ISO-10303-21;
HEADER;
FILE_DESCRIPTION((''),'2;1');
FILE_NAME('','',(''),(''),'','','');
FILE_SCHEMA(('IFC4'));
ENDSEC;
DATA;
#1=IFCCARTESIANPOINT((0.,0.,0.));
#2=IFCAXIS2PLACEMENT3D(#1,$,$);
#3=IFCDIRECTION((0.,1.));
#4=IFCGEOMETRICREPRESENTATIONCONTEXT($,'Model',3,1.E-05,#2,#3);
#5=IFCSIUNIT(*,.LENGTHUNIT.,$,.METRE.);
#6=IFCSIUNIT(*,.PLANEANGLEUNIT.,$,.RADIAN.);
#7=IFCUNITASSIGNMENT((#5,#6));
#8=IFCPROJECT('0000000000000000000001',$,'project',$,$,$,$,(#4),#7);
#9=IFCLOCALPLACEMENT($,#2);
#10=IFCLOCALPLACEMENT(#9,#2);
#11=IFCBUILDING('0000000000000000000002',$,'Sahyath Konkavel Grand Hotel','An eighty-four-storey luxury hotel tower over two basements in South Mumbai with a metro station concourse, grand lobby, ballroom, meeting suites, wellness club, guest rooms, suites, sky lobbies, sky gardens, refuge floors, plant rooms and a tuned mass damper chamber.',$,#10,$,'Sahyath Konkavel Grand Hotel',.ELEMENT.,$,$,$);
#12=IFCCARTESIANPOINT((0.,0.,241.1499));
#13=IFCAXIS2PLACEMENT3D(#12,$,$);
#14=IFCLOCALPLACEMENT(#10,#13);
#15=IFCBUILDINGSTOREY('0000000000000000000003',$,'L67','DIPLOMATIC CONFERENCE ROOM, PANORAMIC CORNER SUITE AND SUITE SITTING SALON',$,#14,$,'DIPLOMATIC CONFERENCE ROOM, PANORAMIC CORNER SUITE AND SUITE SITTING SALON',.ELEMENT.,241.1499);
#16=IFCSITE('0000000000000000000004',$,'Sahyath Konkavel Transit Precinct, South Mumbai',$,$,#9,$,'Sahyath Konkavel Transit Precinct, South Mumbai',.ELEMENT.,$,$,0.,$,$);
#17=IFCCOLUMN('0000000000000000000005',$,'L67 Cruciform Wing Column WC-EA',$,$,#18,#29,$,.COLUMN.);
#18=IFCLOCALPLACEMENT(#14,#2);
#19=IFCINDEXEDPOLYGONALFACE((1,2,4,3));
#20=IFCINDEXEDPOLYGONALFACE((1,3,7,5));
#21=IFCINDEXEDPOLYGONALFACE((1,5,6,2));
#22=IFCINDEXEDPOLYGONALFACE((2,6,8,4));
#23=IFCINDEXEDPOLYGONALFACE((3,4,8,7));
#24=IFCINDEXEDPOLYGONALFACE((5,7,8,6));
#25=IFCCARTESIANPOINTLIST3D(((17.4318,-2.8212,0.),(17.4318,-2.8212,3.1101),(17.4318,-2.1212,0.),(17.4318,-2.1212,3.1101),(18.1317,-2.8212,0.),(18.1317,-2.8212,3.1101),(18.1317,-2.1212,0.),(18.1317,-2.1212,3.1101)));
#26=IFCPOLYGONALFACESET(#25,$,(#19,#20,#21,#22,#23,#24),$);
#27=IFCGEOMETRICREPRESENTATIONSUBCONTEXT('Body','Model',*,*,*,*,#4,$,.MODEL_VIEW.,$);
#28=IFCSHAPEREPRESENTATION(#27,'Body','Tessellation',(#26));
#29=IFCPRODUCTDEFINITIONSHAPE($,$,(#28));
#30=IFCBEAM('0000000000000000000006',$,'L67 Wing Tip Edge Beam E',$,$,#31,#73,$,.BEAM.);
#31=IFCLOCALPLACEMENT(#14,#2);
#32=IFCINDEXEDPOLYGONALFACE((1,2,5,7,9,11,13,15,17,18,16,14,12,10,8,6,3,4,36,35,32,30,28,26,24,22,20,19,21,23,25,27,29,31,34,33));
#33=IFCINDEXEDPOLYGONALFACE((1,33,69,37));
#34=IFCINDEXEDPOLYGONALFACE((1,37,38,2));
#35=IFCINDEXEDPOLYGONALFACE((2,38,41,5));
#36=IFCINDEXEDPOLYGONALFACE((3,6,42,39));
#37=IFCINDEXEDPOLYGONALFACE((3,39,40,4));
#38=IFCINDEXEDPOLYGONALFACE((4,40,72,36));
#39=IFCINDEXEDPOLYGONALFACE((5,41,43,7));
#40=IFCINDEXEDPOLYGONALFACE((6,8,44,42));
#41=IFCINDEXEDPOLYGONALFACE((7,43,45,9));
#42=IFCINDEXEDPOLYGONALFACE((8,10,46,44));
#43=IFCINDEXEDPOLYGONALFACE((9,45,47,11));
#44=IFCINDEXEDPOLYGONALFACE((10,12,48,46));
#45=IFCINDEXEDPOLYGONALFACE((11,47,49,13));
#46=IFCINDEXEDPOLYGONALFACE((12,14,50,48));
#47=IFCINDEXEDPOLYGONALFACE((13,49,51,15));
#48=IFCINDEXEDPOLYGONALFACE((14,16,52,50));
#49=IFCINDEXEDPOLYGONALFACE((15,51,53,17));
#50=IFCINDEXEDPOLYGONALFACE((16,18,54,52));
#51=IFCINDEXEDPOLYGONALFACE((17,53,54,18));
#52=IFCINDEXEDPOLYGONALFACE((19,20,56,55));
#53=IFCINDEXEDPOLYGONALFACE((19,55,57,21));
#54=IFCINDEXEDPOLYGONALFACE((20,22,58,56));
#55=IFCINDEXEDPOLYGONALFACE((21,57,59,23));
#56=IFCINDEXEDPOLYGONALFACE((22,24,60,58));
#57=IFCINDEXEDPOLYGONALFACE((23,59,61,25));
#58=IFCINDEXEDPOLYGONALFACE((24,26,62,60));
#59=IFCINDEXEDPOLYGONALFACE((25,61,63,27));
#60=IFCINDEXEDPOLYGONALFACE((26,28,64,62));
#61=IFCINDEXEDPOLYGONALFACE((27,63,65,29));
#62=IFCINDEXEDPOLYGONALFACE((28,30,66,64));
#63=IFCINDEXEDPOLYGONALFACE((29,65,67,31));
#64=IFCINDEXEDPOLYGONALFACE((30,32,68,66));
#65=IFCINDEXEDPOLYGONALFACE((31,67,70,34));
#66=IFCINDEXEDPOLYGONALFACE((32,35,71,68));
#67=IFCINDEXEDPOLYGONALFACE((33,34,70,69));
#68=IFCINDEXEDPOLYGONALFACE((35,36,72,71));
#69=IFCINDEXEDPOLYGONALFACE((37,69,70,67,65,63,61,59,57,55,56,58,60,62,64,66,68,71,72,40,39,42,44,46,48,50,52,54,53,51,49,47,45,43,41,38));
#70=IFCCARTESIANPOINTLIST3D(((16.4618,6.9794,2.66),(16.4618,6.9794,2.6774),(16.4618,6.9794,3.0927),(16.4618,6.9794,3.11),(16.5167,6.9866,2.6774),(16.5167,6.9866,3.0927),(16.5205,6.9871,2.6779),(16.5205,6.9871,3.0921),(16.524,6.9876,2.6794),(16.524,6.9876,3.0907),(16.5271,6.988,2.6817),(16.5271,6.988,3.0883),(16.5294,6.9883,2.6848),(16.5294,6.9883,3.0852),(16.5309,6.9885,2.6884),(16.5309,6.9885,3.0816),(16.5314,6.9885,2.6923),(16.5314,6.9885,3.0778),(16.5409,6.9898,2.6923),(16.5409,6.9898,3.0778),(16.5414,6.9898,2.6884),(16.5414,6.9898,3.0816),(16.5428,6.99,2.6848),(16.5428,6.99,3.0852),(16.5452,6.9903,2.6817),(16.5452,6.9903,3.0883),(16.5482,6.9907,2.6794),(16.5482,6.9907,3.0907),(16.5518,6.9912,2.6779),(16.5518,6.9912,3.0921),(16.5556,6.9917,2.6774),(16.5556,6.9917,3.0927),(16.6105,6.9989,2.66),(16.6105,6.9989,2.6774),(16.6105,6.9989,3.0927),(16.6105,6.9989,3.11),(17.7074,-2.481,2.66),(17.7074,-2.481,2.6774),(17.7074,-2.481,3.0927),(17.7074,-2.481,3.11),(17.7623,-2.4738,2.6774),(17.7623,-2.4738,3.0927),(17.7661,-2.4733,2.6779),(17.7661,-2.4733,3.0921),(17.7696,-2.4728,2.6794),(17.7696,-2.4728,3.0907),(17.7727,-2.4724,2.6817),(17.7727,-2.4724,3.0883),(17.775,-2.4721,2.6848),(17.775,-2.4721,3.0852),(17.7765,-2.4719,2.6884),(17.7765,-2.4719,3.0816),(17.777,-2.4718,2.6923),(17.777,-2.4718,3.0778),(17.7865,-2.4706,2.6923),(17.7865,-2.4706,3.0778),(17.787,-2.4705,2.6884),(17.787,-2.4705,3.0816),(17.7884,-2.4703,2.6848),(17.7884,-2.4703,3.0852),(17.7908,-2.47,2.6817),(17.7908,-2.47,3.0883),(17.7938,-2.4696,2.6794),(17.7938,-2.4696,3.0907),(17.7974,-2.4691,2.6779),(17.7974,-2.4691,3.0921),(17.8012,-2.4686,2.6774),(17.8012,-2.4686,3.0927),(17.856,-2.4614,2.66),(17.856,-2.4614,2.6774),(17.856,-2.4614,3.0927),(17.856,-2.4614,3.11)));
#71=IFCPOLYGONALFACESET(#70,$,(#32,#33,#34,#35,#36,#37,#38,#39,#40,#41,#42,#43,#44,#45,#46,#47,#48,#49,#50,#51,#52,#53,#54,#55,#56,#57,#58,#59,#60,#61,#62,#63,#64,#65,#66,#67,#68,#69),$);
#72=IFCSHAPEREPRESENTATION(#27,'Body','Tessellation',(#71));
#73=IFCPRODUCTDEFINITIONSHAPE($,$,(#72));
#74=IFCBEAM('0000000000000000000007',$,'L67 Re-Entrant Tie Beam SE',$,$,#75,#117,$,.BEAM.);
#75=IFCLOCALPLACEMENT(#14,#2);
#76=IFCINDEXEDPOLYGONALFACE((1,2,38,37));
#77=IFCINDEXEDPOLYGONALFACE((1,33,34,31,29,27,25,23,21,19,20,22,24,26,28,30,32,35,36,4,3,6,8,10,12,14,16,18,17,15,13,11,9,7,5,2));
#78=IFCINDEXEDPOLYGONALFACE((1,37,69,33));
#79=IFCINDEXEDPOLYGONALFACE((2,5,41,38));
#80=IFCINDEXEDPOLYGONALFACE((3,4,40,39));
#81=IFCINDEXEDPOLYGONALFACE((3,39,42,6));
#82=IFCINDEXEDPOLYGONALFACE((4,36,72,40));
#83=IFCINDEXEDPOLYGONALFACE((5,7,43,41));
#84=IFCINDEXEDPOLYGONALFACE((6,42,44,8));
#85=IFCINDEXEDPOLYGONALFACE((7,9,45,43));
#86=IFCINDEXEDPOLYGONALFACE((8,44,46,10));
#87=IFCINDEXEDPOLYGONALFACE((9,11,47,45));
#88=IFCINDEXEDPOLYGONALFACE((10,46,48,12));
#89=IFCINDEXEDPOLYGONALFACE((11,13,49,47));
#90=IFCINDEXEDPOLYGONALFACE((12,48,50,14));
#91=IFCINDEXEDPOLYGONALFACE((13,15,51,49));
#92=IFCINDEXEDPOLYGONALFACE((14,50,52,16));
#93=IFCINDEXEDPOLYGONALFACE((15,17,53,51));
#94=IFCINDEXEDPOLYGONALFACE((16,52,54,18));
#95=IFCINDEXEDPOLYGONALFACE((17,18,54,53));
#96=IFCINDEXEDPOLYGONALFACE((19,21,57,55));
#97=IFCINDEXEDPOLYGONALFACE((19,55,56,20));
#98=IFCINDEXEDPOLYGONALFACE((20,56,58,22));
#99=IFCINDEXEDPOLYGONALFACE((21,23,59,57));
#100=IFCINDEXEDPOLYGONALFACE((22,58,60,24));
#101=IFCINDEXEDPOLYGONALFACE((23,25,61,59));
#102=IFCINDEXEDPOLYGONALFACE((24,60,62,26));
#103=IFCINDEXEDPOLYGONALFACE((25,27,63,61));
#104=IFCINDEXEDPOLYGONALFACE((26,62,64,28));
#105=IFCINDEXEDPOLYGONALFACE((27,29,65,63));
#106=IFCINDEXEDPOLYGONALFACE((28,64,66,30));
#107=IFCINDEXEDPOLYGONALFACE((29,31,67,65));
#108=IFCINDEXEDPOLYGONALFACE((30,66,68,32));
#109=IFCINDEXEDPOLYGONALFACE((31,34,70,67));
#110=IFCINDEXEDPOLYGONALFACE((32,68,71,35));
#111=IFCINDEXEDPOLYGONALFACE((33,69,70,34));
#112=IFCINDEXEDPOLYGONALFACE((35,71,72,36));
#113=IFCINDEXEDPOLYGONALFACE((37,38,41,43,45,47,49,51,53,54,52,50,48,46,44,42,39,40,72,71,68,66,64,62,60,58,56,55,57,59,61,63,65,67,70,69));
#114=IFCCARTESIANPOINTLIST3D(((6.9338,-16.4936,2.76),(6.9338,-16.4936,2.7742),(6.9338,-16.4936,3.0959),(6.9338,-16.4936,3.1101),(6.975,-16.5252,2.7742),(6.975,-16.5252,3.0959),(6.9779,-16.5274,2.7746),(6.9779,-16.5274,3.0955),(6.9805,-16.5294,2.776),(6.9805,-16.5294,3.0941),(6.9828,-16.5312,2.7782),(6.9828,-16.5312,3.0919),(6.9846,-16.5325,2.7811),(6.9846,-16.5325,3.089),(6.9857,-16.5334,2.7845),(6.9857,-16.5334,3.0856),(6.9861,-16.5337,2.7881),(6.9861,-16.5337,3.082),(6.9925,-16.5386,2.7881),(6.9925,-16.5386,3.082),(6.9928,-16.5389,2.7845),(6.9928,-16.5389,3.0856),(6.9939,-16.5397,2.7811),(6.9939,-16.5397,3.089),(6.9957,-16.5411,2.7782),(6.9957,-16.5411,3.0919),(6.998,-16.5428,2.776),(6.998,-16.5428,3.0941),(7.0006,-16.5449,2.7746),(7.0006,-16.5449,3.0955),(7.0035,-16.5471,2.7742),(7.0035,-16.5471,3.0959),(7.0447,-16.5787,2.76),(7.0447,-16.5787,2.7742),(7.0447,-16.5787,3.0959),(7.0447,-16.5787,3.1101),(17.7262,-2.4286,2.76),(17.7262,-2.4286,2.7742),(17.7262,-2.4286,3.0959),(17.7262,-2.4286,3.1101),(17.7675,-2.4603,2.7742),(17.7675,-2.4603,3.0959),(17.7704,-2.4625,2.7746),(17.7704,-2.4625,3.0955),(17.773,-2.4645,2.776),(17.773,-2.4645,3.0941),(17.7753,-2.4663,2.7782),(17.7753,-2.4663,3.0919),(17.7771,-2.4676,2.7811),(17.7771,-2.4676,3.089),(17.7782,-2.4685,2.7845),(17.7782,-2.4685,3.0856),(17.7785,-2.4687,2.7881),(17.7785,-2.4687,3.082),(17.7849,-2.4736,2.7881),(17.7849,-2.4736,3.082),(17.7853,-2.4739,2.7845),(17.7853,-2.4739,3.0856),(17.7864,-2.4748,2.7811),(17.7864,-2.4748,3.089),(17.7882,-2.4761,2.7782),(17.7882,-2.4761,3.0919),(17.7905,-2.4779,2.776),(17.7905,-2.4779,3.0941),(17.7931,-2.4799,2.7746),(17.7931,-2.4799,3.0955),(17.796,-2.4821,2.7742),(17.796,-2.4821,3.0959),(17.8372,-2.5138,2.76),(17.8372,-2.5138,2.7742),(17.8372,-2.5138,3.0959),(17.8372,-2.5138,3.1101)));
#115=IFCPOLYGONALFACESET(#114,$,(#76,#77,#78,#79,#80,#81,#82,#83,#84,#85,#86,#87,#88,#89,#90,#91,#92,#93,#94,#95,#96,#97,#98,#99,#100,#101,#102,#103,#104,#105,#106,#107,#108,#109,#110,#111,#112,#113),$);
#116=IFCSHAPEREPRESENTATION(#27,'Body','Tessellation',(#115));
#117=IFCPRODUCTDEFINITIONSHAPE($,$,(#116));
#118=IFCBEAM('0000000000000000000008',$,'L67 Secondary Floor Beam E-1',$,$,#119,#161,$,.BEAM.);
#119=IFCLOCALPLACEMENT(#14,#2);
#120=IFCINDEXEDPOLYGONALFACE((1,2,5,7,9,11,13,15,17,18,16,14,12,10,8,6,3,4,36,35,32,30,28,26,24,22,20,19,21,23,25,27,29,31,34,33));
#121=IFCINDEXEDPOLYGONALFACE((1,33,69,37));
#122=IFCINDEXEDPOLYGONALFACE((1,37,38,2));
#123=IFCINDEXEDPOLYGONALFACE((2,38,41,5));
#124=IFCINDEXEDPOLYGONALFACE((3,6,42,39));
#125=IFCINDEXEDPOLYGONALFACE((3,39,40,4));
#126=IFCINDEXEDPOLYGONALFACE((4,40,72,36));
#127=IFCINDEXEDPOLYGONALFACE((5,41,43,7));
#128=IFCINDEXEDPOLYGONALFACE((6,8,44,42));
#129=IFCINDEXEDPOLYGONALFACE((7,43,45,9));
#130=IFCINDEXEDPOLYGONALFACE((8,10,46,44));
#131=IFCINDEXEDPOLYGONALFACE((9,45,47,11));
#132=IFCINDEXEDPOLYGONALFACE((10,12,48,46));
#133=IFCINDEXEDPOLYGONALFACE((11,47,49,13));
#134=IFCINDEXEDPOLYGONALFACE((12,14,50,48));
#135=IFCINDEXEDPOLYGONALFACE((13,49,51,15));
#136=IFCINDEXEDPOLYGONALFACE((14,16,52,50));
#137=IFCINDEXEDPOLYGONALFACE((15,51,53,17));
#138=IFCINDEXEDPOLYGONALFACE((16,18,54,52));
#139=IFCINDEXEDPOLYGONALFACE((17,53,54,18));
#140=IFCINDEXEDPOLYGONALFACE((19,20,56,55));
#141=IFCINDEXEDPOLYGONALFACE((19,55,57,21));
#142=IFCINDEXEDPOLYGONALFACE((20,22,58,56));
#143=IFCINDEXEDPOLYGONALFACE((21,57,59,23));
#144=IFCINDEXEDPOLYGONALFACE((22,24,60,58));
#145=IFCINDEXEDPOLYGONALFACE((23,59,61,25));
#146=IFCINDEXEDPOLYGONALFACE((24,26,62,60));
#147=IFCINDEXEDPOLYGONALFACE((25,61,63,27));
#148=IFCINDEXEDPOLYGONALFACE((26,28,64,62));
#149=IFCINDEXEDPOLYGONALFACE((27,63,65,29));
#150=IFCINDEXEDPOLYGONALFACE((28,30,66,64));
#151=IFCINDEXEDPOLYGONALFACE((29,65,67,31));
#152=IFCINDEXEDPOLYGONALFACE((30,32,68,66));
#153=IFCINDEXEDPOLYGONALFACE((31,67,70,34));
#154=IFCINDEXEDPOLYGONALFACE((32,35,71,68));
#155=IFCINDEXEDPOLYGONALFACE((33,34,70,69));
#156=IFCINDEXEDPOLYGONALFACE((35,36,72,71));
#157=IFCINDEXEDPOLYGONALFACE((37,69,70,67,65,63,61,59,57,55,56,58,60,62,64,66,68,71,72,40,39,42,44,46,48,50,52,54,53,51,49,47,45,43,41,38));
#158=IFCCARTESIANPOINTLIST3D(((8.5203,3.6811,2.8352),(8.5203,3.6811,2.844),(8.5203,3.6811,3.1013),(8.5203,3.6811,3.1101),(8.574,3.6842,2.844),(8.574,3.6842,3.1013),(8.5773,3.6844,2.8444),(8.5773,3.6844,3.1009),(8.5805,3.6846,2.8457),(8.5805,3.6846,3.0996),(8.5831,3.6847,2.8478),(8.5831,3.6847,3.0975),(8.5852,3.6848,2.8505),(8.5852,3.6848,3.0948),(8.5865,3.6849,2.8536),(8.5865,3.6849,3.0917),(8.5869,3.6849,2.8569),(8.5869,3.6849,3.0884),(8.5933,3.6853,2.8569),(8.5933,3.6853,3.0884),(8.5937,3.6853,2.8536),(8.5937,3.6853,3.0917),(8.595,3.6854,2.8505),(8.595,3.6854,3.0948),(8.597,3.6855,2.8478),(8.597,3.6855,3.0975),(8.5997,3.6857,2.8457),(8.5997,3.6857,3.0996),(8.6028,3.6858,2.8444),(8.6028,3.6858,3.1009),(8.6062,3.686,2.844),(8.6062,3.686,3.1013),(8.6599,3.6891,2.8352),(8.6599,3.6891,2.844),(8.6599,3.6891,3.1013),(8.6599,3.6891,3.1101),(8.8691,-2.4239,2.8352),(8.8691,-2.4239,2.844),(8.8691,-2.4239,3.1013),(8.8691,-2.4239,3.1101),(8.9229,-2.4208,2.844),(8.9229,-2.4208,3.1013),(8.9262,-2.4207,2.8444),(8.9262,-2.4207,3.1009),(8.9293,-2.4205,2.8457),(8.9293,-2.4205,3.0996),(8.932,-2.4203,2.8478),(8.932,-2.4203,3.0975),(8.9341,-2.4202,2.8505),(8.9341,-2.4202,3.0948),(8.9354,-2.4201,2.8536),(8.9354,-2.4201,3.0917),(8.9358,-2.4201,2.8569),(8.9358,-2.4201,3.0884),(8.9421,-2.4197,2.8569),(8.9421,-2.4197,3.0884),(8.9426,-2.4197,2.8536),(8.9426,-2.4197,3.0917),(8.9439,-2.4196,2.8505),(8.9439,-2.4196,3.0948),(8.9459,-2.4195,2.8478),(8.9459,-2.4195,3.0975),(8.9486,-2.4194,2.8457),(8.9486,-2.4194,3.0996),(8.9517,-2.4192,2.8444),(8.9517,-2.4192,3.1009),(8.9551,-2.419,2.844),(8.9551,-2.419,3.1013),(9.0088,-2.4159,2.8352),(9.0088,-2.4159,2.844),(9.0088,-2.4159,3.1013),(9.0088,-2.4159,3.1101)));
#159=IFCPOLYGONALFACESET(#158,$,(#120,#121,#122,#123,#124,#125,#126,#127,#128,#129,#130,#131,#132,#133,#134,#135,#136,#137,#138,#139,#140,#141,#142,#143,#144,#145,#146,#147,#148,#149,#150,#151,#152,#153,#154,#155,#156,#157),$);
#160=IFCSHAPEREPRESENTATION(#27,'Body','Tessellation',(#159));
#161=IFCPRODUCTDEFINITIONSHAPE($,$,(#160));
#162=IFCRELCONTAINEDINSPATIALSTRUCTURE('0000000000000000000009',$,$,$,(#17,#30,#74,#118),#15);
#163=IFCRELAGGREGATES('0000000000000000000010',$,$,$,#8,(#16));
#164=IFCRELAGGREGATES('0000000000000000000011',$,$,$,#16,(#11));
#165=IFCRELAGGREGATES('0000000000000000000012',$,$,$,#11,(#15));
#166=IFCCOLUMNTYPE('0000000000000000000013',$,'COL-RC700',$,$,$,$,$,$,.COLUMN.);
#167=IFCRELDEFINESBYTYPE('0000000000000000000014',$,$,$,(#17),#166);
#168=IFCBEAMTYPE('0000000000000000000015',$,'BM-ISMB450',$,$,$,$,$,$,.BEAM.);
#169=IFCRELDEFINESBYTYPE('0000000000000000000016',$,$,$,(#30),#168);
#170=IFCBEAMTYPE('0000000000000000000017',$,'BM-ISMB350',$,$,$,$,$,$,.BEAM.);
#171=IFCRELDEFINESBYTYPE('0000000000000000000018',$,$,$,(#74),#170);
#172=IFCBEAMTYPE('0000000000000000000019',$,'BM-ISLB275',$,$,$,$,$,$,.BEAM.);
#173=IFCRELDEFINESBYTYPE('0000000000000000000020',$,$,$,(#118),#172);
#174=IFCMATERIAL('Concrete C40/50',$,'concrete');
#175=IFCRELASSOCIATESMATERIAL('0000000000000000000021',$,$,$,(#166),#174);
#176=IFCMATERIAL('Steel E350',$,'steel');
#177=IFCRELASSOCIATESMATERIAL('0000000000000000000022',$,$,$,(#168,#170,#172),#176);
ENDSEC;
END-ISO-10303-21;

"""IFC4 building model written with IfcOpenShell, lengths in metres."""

from ifc_helpers import new_model, si_unit, direction, frame, origin, origin_2d, place, context, subcontext, project, spatial, rectangle, i_section, extrude, source, transform, mapped, material, material_profile, profile_set, type_object, element, save


model = new_model("IFC4")

# Units and contexts
model_context = context("Model", 3, precision=1e-05, world=origin(), true_north=direction((0.0, 1.0)))
body_context = subcontext(model_context, "Body", "Model", "MODEL_VIEW")
ifc_project = project(units=[si_unit("LENGTHUNIT", "METRE"), si_unit("PLANEANGLEUNIT", "RADIAN")], contexts=[model_context])

# Site, building, storey
site_placement = place(None, origin())
site = spatial("IfcSite", under=ifc_project, at=site_placement, Name="Sahyath Konkavel Transit Precinct, South Mumbai", LongName="Sahyath Konkavel Transit Precinct, South Mumbai", CompositionType="ELEMENT", RefElevation=0.0)
building_placement = place(site_placement, origin())
building = spatial("IfcBuilding", under=site, at=building_placement, Name="Sahyath Konkavel Grand Hotel", Description="An eighty-four-storey luxury hotel tower over two basements in South Mumbai with a metro station concourse, grand lobby, ballroom, meeting suites, wellness club, guest rooms, suites, sky lobbies, sky gardens, refuge floors, plant rooms and a tuned mass damper chamber.", LongName="Sahyath Konkavel Grand Hotel", CompositionType="ELEMENT")
storey_placement = place(building_placement, frame((0.0, 0.0, 241.1499)))
storey = spatial("IfcBuildingStorey", under=building, at=storey_placement, Name="L67", Description="DIPLOMATIC CONFERENCE ROOM, PANORAMIC CORNER SUITE AND SUITE SITTING SALON", LongName="DIPLOMATIC CONFERENCE ROOM, PANORAMIC CORNER SUITE AND SUITE SITTING SALON", CompositionType="ELEMENT", Elevation=241.1499)

# Column
ifc_material_1 = material(Name="Concrete C40/50", Category="concrete")
ifc_material_profile_1 = material_profile(ifc_material_1, rectangle(XDim=0.7, YDim=0.7, at=origin_2d()), Name="RC 700x700")
ifc_profile_set_1 = profile_set([ifc_material_profile_1], Name="Concrete C40/50")
column_type = type_object("IfcColumnType", Name="COL-RC700", PredefinedType="COLUMN", material=ifc_profile_set_1)
shared_shape_1 = source(origin(), body_context, "Body", "SweptSolid", [
    extrude(rectangle(XDim=0.7, YDim=0.7, at=origin_2d()), origin(), (0.0, 0.0, 1.0), 3.1101),
])
column_placement = place(storey_placement, frame((17.7817, -2.4712, 0.0), z_axis=(0.0, 0.0, 1.0), x_axis=(1.0, 0.0, 0.0)))
element("IfcColumn", 1, at=column_placement, inside=storey, type_object=column_type, Name="L67 Cruciform Wing Column WC-EA", PredefinedType="COLUMN", context=body_context, shape_type="MappedRepresentation", body=[
    mapped(shared_shape_1, transform((0.0, 0.0, 0.0), scale=1.0)),
])

# Beams
ifc_material_2 = material(Name="Steel E350", Category="steel")
ifc_material_profile_2 = material_profile(ifc_material_2, i_section(OverallWidth=0.1499, OverallDepth=0.45, WebThickness=0.0095, FlangeThickness=0.0173, FilletRadius=0.0149, at=origin_2d()), Name="ISMB 450")
ifc_profile_set_2 = profile_set([ifc_material_profile_2], Name="Steel E350")
beam_type_1 = type_object("IfcBeamType", Name="BM-ISMB450", PredefinedType="BEAM", material=ifc_profile_set_2)
shared_shape_2 = source(origin(), body_context, "Body", "SweptSolid", [
    extrude(i_section(OverallWidth=0.1499, OverallDepth=0.45, WebThickness=0.0095, FlangeThickness=0.0173, FilletRadius=0.0149, at=origin_2d()), origin(), (0.0, 0.0, 1.0), 9.542),
])
beam_1_placement = place(storey_placement, frame((17.7817, -2.4712, 2.885), z_axis=(-0.130538, 0.991443, 0.0), x_axis=(-0.991443, -0.130538, 0.0)))
element("IfcBeam", 2, at=beam_1_placement, inside=storey, type_object=beam_type_1, Name="L67 Wing Tip Edge Beam E", PredefinedType="BEAM", context=body_context, shape_type="MappedRepresentation", body=[
    mapped(shared_shape_2, transform((0.0, 0.0, 0.0), scale=1.0)),
])
ifc_material_profile_3 = material_profile(ifc_material_2, i_section(OverallWidth=0.1399, OverallDepth=0.3501, WebThickness=0.0081, FlangeThickness=0.0142, FilletRadius=0.0139, at=origin_2d()), Name="ISMB 350")
ifc_profile_set_3 = profile_set([ifc_material_profile_3], Name="Steel E350")
beam_type_2 = type_object("IfcBeamType", Name="BM-ISMB350", PredefinedType="BEAM", material=ifc_profile_set_3)
shared_shape_3 = source(origin(), body_context, "Body", "SweptSolid", [
    extrude(i_section(OverallWidth=0.1399, OverallDepth=0.3501, WebThickness=0.0081, FlangeThickness=0.0142, FilletRadius=0.0139, at=origin_2d()), origin(), (0.0, 0.0, 1.0), 17.7285),
])
beam_2_placement = place(storey_placement, frame((17.7817, -2.4712, 2.9351), z_axis=(-0.608764, -0.793351, 0.0), x_axis=(0.793351, -0.608764, 0.0)))
element("IfcBeam", 3, at=beam_2_placement, inside=storey, type_object=beam_type_2, Name="L67 Re-Entrant Tie Beam SE", PredefinedType="BEAM", context=body_context, shape_type="MappedRepresentation", body=[
    mapped(shared_shape_3, transform((0.0, 0.0, 0.0), scale=1.0)),
])
ifc_material_profile_4 = material_profile(ifc_material_2, i_section(OverallWidth=0.1399, OverallDepth=0.2749, WebThickness=0.0063, FlangeThickness=0.0088, FilletRadius=0.0129, at=origin_2d()), Name="ISLB 275")
ifc_profile_set_4 = profile_set([ifc_material_profile_4], Name="Steel E350")
beam_type_3 = type_object("IfcBeamType", Name="BM-ISLB275", PredefinedType="BEAM", material=ifc_profile_set_4)
shared_shape_4 = source(origin(), body_context, "Body", "SweptSolid", [
    extrude(i_section(OverallWidth=0.1399, OverallDepth=0.2749, WebThickness=0.0063, FlangeThickness=0.0088, FilletRadius=0.0129, at=origin_2d()), origin(), (0.0, 0.0, 1.0), 6.115),
])
beam_3_placement = place(storey_placement, frame((8.939, -2.4199, 2.9727), z_axis=(-0.057053, 0.998371, 0.0), x_axis=(-0.998371, -0.057053, 0.0)))
element("IfcBeam", 4, at=beam_3_placement, inside=storey, type_object=beam_type_3, Name="L67 Secondary Floor Beam E-1", PredefinedType="BEAM", context=body_context, shape_type="MappedRepresentation", body=[
    mapped(shared_shape_4, transform((0.0, 0.0, 0.0), scale=1.0)),
])

save(model, "model.ifc")
